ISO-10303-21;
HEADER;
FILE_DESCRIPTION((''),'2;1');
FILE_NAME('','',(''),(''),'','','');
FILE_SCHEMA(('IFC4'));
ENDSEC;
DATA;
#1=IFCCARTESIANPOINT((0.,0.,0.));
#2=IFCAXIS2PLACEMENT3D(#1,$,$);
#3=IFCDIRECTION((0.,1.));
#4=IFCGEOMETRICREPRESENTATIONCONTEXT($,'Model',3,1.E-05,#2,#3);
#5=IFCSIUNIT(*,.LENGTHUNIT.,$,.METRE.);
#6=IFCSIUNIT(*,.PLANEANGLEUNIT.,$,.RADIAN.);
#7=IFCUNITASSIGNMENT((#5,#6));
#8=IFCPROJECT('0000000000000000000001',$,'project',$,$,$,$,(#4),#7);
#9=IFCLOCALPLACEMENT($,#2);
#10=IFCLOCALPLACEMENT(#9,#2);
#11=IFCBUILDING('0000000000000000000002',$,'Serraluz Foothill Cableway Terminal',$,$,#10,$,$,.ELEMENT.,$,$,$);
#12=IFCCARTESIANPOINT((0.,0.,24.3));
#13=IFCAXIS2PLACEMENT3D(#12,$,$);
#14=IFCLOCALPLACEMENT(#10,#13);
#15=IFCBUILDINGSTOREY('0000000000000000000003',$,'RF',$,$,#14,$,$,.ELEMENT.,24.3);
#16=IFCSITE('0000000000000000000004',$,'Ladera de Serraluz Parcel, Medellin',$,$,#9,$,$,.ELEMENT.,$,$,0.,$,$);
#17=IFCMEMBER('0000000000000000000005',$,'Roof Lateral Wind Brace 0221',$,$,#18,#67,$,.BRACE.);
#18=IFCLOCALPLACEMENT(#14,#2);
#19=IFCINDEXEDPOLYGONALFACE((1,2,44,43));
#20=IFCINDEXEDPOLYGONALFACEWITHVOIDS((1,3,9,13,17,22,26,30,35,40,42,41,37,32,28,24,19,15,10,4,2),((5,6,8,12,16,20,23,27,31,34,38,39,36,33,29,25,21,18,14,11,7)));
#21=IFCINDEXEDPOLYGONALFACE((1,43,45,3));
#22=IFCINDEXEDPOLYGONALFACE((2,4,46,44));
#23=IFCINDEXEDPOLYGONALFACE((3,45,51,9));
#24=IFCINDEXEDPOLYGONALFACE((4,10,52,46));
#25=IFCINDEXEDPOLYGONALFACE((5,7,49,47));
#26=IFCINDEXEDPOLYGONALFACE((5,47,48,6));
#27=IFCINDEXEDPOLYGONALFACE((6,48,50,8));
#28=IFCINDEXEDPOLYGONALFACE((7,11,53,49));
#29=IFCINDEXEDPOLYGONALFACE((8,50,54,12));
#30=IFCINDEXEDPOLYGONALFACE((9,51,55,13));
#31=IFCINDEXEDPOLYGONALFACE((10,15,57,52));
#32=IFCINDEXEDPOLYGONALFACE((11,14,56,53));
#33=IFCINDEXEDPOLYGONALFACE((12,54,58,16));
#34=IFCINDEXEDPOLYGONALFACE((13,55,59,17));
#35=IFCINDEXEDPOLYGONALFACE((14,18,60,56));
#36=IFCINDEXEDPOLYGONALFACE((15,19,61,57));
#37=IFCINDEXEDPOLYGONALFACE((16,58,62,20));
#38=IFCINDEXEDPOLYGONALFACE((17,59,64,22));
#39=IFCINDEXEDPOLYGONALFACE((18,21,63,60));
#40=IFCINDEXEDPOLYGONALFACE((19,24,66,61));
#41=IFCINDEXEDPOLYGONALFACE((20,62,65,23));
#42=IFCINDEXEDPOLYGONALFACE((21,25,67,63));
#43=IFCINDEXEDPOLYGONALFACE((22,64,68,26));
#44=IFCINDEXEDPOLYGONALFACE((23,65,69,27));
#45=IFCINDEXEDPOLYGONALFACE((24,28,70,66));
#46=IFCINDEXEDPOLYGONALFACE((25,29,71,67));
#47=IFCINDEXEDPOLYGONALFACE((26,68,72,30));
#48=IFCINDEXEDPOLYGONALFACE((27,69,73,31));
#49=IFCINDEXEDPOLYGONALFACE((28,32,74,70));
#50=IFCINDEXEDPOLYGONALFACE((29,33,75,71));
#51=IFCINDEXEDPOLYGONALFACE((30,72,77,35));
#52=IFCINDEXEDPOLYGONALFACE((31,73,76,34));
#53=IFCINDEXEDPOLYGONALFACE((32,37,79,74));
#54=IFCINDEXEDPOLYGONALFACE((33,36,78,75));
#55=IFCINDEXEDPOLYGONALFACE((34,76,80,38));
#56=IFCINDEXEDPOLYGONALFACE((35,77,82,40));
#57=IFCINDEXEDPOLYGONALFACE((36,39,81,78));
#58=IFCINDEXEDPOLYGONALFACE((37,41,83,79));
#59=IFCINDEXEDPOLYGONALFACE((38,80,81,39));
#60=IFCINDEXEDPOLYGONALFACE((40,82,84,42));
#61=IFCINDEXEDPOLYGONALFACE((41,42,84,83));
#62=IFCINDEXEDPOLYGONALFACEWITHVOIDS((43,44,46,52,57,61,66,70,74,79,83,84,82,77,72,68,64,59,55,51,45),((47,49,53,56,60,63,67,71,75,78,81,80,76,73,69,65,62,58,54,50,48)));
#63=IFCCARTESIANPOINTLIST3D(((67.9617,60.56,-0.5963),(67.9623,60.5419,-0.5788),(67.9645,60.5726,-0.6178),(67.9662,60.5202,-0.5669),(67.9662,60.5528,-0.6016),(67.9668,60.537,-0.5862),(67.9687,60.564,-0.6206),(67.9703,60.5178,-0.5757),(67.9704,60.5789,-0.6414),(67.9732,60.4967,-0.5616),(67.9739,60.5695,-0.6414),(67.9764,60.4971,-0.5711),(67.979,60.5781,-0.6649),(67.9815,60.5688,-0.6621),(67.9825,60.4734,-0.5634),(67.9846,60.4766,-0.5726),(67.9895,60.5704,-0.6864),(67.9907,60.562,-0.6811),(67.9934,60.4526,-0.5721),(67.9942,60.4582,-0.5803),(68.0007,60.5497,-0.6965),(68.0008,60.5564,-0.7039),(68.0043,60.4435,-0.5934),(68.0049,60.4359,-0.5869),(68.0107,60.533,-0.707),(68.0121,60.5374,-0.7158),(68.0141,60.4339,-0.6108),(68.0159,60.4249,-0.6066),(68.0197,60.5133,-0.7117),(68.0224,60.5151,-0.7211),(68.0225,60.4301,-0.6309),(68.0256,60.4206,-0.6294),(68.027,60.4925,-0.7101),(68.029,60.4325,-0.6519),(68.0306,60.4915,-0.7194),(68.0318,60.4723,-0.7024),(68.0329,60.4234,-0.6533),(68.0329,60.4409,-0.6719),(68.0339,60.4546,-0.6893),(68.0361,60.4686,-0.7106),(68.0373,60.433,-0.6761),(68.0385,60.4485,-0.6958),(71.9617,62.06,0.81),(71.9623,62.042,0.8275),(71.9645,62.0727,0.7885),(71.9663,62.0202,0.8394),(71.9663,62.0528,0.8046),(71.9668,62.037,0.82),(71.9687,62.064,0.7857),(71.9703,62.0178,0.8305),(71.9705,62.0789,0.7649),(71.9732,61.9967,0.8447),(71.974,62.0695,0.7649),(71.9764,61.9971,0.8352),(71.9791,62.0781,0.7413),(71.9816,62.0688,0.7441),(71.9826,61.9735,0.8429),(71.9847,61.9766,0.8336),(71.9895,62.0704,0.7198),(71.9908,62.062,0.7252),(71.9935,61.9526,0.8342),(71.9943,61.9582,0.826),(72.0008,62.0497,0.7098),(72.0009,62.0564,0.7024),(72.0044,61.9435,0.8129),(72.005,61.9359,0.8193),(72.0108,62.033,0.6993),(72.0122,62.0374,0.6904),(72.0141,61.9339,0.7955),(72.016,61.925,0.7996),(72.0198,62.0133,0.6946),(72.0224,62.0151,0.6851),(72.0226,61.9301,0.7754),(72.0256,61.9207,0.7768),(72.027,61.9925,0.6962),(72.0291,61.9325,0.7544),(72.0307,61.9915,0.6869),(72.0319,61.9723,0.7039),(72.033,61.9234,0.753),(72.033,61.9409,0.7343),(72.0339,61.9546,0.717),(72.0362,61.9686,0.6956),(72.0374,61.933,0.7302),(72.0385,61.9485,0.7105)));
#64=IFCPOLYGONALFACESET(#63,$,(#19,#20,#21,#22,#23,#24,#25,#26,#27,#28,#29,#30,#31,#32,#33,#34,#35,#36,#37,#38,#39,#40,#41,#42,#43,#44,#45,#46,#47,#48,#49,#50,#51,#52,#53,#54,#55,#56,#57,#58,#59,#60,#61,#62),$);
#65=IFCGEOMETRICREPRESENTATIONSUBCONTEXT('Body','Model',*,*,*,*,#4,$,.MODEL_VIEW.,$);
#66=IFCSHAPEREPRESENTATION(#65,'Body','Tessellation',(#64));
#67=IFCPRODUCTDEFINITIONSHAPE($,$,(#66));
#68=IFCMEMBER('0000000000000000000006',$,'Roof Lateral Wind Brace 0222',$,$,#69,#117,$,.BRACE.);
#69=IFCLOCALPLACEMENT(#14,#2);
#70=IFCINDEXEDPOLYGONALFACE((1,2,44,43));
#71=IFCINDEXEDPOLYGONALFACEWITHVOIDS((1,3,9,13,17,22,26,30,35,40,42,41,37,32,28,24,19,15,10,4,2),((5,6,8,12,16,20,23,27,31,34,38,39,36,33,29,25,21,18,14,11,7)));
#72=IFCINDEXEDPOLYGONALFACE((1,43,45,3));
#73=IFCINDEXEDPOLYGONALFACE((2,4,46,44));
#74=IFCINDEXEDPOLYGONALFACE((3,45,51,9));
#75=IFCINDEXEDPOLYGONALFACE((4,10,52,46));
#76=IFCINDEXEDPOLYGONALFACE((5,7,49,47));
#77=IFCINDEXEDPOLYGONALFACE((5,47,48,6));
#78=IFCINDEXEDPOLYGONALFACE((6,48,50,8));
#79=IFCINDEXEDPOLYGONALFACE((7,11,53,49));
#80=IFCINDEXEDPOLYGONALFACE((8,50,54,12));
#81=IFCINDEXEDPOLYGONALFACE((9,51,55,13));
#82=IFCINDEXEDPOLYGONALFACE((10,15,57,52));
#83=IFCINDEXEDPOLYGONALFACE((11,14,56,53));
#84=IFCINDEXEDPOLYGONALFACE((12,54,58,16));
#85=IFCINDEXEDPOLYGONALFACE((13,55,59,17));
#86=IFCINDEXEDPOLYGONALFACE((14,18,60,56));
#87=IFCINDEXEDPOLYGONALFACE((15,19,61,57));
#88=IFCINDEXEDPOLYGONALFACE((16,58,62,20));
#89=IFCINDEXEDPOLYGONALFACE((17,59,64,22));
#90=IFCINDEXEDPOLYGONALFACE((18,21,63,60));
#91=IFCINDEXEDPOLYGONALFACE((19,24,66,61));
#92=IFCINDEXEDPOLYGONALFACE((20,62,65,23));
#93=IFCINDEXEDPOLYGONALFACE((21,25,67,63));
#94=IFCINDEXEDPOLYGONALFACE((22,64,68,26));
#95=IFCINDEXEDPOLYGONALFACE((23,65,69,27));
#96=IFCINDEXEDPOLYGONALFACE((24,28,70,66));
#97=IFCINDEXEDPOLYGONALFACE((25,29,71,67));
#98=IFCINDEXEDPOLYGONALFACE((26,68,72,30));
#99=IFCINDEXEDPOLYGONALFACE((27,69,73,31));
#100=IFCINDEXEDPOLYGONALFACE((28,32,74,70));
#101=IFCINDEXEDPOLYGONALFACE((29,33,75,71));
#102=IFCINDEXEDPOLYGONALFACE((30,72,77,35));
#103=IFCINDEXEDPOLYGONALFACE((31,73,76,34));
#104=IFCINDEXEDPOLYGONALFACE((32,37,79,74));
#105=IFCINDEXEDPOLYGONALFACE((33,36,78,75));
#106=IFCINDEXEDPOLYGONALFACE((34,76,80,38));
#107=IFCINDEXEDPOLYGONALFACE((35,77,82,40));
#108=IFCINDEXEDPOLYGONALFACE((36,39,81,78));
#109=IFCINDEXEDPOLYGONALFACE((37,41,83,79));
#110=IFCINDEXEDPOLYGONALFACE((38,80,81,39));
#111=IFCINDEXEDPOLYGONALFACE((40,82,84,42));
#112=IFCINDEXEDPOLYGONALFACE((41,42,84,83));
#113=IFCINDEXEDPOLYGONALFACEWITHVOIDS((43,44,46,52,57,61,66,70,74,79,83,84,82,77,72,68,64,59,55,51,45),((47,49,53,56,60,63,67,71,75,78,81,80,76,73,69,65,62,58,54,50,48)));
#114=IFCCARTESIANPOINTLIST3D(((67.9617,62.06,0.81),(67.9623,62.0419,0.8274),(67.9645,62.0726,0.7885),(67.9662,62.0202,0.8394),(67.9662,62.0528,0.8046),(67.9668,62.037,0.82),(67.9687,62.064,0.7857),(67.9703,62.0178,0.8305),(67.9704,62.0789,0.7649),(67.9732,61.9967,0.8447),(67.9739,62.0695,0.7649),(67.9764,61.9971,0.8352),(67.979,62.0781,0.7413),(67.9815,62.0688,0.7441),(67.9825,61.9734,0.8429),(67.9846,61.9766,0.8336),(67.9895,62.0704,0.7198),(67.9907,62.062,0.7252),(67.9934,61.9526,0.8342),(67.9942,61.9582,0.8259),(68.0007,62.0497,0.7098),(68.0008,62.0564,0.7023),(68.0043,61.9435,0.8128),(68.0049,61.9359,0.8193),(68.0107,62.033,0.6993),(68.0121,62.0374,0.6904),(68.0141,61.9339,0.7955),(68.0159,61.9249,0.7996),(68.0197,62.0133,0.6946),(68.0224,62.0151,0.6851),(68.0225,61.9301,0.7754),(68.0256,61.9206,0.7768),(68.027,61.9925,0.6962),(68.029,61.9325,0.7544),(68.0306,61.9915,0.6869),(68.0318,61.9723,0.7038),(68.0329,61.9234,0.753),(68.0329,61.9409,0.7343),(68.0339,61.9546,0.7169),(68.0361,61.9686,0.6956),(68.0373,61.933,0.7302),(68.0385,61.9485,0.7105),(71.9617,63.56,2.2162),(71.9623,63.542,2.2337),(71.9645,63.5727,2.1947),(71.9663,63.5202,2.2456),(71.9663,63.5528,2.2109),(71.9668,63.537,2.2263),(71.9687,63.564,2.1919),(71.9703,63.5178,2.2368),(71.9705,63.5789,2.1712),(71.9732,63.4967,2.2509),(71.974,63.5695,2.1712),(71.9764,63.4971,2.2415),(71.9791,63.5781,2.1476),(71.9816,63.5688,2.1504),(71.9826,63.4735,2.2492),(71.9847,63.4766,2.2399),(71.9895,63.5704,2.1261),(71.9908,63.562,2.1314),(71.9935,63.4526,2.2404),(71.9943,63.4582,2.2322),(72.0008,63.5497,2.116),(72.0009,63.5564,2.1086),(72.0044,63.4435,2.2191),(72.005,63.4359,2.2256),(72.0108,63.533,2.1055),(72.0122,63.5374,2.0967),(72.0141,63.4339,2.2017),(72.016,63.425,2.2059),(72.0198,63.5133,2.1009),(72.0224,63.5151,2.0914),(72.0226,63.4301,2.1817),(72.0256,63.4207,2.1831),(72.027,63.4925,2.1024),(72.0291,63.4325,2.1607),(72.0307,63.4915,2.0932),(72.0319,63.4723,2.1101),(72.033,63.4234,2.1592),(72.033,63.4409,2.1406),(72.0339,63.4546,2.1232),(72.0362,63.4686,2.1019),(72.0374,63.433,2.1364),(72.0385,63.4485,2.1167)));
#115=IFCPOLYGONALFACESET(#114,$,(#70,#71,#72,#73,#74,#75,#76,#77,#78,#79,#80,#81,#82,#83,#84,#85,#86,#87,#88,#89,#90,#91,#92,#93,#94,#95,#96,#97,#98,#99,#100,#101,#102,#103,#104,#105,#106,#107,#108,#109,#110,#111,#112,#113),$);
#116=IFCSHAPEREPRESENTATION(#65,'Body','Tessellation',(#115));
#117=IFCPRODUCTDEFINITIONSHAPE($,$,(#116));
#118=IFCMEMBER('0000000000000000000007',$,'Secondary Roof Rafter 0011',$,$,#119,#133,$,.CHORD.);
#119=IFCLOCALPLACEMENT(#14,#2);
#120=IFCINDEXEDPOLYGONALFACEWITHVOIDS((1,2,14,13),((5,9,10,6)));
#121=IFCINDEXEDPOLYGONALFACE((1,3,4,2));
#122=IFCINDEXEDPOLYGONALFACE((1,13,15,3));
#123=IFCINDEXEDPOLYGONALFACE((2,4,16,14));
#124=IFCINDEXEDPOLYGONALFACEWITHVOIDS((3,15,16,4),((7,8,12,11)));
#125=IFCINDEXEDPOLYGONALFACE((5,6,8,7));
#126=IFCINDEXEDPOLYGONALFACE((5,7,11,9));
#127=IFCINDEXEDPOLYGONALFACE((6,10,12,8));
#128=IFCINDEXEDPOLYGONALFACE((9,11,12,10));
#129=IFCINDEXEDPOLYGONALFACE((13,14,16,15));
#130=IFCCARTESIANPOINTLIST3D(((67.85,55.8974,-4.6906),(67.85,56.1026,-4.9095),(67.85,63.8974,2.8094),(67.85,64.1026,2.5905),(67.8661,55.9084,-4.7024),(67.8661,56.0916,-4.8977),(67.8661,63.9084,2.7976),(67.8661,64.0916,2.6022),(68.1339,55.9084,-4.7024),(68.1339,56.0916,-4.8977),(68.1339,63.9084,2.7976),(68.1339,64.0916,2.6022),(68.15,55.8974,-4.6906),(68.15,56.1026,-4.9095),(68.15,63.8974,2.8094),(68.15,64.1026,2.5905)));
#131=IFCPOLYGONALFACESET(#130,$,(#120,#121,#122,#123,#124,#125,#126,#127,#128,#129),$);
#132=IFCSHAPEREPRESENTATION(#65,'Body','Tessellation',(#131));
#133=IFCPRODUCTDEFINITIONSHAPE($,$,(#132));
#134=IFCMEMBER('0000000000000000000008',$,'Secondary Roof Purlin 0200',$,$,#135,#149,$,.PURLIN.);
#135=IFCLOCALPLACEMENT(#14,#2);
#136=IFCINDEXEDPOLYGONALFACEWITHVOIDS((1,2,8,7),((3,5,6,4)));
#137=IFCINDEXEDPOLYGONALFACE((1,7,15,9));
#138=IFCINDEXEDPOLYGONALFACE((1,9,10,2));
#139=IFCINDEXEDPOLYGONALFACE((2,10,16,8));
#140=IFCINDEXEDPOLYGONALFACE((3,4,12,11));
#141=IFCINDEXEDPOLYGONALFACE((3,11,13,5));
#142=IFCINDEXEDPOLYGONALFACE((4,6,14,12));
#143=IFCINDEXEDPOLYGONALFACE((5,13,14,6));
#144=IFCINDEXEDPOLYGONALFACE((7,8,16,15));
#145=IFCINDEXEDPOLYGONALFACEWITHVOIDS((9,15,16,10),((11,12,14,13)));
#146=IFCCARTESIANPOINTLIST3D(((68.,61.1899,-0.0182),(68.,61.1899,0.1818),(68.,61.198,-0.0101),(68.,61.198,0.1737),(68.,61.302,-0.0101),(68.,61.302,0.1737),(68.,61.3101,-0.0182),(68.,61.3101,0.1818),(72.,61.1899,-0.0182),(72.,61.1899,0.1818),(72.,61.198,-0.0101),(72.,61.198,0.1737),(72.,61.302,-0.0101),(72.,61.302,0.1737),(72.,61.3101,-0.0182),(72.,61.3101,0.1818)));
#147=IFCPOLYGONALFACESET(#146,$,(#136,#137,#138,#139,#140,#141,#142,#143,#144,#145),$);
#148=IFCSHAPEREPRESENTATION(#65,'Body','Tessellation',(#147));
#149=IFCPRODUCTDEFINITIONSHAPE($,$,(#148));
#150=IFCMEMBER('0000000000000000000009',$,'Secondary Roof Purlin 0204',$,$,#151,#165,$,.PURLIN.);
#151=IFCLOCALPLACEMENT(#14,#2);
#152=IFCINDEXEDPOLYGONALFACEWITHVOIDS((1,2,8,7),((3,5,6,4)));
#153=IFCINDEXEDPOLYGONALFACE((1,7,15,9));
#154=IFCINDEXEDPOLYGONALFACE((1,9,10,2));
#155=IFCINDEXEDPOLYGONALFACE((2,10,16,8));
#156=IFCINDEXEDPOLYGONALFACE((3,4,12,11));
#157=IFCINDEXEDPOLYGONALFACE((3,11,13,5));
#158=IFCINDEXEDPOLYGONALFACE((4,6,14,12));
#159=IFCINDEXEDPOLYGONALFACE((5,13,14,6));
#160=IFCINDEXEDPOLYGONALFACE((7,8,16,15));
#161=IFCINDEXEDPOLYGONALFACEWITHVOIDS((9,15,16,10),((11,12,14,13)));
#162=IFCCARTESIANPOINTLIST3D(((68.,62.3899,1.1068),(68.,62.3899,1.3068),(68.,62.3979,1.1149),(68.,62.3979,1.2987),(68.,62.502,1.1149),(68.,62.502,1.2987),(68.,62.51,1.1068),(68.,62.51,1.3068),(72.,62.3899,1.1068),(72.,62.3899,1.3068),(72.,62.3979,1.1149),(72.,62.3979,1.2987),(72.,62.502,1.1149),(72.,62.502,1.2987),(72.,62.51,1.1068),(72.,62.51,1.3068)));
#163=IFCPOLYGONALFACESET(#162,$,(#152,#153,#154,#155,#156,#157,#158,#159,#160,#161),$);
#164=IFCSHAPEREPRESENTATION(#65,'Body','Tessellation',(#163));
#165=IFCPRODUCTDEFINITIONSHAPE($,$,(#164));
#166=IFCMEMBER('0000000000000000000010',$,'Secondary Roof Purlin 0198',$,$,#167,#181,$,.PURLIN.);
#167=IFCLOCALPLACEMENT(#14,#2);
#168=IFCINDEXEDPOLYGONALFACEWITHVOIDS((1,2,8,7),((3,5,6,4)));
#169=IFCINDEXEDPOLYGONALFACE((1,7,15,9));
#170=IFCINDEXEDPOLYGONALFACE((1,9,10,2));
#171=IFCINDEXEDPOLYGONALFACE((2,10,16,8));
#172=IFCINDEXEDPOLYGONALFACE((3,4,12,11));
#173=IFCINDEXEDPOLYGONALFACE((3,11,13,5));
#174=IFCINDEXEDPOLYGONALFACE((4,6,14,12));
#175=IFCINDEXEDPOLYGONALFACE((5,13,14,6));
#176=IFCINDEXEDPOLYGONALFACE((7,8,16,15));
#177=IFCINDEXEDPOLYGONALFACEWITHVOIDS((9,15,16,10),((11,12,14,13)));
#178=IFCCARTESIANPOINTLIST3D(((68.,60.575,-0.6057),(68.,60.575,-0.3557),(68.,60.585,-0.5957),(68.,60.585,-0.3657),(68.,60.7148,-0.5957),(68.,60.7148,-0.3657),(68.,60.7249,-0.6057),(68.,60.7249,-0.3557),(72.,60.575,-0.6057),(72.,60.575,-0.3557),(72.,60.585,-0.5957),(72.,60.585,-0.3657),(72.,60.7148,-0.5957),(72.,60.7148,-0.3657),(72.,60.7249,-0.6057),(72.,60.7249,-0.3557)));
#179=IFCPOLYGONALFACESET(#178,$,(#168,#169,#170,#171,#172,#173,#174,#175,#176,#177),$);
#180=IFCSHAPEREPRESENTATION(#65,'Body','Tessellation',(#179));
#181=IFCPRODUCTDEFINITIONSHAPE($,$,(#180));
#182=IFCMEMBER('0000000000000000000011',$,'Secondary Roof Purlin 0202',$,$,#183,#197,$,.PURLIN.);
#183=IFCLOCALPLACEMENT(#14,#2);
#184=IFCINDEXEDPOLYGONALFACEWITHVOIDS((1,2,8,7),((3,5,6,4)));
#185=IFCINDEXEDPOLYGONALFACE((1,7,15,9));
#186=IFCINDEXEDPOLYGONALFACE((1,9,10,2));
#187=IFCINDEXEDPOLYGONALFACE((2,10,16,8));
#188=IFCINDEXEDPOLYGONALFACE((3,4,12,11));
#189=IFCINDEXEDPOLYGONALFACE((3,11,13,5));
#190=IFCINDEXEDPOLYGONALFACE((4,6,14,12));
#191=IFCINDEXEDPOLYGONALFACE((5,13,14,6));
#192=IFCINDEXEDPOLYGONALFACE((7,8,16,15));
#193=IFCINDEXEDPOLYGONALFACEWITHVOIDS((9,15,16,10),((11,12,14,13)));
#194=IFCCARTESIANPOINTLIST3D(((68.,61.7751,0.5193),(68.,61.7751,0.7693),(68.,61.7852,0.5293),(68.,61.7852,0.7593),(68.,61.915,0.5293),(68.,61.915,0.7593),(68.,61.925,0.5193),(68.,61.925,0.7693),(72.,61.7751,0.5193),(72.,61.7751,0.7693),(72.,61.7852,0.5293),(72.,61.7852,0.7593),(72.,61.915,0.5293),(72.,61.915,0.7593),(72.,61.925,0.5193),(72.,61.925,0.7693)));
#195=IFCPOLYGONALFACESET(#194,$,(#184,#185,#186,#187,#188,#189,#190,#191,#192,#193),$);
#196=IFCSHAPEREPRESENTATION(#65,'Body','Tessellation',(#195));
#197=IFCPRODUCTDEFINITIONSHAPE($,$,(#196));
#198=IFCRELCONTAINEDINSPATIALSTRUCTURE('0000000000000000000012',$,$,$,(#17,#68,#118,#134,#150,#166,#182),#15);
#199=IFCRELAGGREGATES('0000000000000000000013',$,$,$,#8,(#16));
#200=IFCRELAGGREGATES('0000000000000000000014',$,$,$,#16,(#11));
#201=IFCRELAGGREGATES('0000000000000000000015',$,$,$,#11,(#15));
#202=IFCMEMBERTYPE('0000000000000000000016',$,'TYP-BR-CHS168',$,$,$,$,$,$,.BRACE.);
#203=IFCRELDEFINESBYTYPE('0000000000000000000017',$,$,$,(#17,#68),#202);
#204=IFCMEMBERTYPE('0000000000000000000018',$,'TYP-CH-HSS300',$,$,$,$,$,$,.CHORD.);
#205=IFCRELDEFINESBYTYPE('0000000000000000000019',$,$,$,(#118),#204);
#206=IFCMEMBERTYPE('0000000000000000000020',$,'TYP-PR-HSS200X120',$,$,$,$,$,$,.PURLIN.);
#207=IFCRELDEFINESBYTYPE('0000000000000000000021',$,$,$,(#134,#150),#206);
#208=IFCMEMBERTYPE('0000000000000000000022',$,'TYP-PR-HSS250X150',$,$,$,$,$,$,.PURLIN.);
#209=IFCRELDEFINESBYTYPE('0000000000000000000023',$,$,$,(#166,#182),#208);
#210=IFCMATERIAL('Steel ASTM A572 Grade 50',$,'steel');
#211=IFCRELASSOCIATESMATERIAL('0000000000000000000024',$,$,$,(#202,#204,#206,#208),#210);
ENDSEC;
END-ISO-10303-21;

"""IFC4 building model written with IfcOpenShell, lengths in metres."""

from ifc_helpers import new_model, si_unit, direction, frame, origin, origin_2d, place, context, subcontext, project, spatial, hollow_rectangle, hollow_circle, extrude, material, material_profile, profile_set, type_object, element, save


model = new_model("IFC4")

# Units and contexts
model_context = context("Model", 3, precision=1e-05, world=origin(), true_north=direction((0.0, 1.0)))
body_context = subcontext(model_context, "Body", "Model", "MODEL_VIEW")
ifc_project = project(units=[si_unit("LENGTHUNIT", "METRE"), si_unit("PLANEANGLEUNIT", "RADIAN")], contexts=[model_context])

# Site, building, storey
site_placement = place(None, origin())
site = spatial("IfcSite", under=ifc_project, at=site_placement, Name="Ladera de Serraluz Parcel, Medellin", CompositionType="ELEMENT", RefElevation=0.0)
building_placement = place(site_placement, origin())
building = spatial("IfcBuilding", under=site, at=building_placement, Name="Serraluz Foothill Cableway Terminal", CompositionType="ELEMENT")
storey_placement = place(building_placement, frame((0.0, 0.0, 24.3)))
storey = spatial("IfcBuildingStorey", under=building, at=storey_placement, Name="RF", CompositionType="ELEMENT", Elevation=24.3)

# Members
ifc_material_1 = material(Name="Steel ASTM A572 Grade 50", Category="steel")
ifc_material_profile_1 = material_profile(ifc_material_1, hollow_circle(Radius=0.0842, WallThickness=0.01, at=origin_2d()), Name="CHS168X10")
ifc_profile_set_1 = profile_set([ifc_material_profile_1], Name="Steel ASTM A572 Grade 50")
member_type_1 = type_object("IfcMemberType", Name="TYP-BR-CHS168", PredefinedType="BRACE", material=ifc_profile_set_1)
for number, where, z_axis, x_axis, name in (
    (1, (68.0, 60.5, -0.6414), (0.889382, 0.333518, 0.312673), (-0.351123, 0.936329, 0.0), "Roof Lateral Wind Brace 0221"),
    (2, (68.0, 62.0, 0.7649), (0.889382, 0.333518, 0.312673), (-0.351123, 0.936329, 0.0), "Roof Lateral Wind Brace 0222"),
):
    element("IfcMember", number, at=place(storey_placement, frame(where, z_axis=z_axis, x_axis=x_axis)), inside=storey, type_object=member_type_1, Name=name, PredefinedType="BRACE", context=body_context, shape_type="SweptSolid", body=[
        extrude(hollow_circle(Radius=0.0842, WallThickness=0.01, at=origin_2d()), origin(), (0.0, 0.0, 1.0), 4.4976),
    ])
ifc_material_profile_2 = material_profile(ifc_material_1, hollow_rectangle(XDim=0.3, YDim=0.3, WallThickness=0.0161, at=origin_2d()), Name="HSS300X300X16")
ifc_profile_set_2 = profile_set([ifc_material_profile_2], Name="Steel ASTM A572 Grade 50")
member_type_2 = type_object("IfcMemberType", Name="TYP-CH-HSS300", PredefinedType="CHORD", material=ifc_profile_set_2)
member_placement = place(storey_placement, frame((68.0, 56.0, -4.8), z_axis=(0.0, 0.729537, 0.683941), x_axis=(-1.0, 0.0, 0.0)))
element("IfcMember", 3, at=member_placement, inside=storey, type_object=member_type_2, Name="Secondary Roof Rafter 0011", PredefinedType="CHORD", context=body_context, shape_type="SweptSolid", body=[
    extrude(hollow_rectangle(XDim=0.3, YDim=0.3, WallThickness=0.0161, at=origin_2d()), origin(), (0.0, 0.0, 1.0), 10.9658),
])
ifc_material_profile_3 = material_profile(ifc_material_1, hollow_rectangle(XDim=0.1201, YDim=0.2, WallThickness=0.0081, at=origin_2d()), Name="HSS200X120X8")
ifc_profile_set_3 = profile_set([ifc_material_profile_3], Name="Steel ASTM A572 Grade 50")
member_type_3 = type_object("IfcMemberType", Name="TYP-PR-HSS200X120", PredefinedType="PURLIN", material=ifc_profile_set_3)
for number, where, z_axis, x_axis, name in (
    (4, (68.0, 61.25, 0.0818), (1.0, 0.0, 0.0), (0.0, 1.0, 0.0), "Secondary Roof Purlin 0200"),
    (5, (68.0, 62.45, 1.2068), (1.0, 0.0, 0.0), (0.0, 1.0, 0.0), "Secondary Roof Purlin 0204"),
):
    element("IfcMember", number, at=place(storey_placement, frame(where, z_axis=z_axis, x_axis=x_axis)), inside=storey, type_object=member_type_3, Name=name, PredefinedType="PURLIN", context=body_context, shape_type="SweptSolid", body=[
        extrude(hollow_rectangle(XDim=0.1201, YDim=0.2, WallThickness=0.0081, at=origin_2d()), origin(), (0.0, 0.0, 1.0), 4.0),
    ])
ifc_material_profile_4 = material_profile(ifc_material_1, hollow_rectangle(XDim=0.1499, YDim=0.25, WallThickness=0.01, at=origin_2d()), Name="HSS250X150X10")
ifc_profile_set_4 = profile_set([ifc_material_profile_4], Name="Steel ASTM A572 Grade 50")
member_type_4 = type_object("IfcMemberType", Name="TYP-PR-HSS250X150", PredefinedType="PURLIN", material=ifc_profile_set_4)
for number, where, z_axis, x_axis, name in (
    (6, (68.0, 60.6499, -0.4807), (1.0, 0.0, 0.0), (0.0, 1.0, 0.0), "Secondary Roof Purlin 0198"),
    (7, (68.0, 61.8501, 0.6443), (1.0, 0.0, 0.0), (0.0, 1.0, 0.0), "Secondary Roof Purlin 0202"),
):
    element("IfcMember", number, at=place(storey_placement, frame(where, z_axis=z_axis, x_axis=x_axis)), inside=storey, type_object=member_type_4, Name=name, PredefinedType="PURLIN", context=body_context, shape_type="SweptSolid", body=[
        extrude(hollow_rectangle(XDim=0.1499, YDim=0.25, WallThickness=0.01, at=origin_2d()), origin(), (0.0, 0.0, 1.0), 4.0),
    ])

save(model, "model.ifc")
